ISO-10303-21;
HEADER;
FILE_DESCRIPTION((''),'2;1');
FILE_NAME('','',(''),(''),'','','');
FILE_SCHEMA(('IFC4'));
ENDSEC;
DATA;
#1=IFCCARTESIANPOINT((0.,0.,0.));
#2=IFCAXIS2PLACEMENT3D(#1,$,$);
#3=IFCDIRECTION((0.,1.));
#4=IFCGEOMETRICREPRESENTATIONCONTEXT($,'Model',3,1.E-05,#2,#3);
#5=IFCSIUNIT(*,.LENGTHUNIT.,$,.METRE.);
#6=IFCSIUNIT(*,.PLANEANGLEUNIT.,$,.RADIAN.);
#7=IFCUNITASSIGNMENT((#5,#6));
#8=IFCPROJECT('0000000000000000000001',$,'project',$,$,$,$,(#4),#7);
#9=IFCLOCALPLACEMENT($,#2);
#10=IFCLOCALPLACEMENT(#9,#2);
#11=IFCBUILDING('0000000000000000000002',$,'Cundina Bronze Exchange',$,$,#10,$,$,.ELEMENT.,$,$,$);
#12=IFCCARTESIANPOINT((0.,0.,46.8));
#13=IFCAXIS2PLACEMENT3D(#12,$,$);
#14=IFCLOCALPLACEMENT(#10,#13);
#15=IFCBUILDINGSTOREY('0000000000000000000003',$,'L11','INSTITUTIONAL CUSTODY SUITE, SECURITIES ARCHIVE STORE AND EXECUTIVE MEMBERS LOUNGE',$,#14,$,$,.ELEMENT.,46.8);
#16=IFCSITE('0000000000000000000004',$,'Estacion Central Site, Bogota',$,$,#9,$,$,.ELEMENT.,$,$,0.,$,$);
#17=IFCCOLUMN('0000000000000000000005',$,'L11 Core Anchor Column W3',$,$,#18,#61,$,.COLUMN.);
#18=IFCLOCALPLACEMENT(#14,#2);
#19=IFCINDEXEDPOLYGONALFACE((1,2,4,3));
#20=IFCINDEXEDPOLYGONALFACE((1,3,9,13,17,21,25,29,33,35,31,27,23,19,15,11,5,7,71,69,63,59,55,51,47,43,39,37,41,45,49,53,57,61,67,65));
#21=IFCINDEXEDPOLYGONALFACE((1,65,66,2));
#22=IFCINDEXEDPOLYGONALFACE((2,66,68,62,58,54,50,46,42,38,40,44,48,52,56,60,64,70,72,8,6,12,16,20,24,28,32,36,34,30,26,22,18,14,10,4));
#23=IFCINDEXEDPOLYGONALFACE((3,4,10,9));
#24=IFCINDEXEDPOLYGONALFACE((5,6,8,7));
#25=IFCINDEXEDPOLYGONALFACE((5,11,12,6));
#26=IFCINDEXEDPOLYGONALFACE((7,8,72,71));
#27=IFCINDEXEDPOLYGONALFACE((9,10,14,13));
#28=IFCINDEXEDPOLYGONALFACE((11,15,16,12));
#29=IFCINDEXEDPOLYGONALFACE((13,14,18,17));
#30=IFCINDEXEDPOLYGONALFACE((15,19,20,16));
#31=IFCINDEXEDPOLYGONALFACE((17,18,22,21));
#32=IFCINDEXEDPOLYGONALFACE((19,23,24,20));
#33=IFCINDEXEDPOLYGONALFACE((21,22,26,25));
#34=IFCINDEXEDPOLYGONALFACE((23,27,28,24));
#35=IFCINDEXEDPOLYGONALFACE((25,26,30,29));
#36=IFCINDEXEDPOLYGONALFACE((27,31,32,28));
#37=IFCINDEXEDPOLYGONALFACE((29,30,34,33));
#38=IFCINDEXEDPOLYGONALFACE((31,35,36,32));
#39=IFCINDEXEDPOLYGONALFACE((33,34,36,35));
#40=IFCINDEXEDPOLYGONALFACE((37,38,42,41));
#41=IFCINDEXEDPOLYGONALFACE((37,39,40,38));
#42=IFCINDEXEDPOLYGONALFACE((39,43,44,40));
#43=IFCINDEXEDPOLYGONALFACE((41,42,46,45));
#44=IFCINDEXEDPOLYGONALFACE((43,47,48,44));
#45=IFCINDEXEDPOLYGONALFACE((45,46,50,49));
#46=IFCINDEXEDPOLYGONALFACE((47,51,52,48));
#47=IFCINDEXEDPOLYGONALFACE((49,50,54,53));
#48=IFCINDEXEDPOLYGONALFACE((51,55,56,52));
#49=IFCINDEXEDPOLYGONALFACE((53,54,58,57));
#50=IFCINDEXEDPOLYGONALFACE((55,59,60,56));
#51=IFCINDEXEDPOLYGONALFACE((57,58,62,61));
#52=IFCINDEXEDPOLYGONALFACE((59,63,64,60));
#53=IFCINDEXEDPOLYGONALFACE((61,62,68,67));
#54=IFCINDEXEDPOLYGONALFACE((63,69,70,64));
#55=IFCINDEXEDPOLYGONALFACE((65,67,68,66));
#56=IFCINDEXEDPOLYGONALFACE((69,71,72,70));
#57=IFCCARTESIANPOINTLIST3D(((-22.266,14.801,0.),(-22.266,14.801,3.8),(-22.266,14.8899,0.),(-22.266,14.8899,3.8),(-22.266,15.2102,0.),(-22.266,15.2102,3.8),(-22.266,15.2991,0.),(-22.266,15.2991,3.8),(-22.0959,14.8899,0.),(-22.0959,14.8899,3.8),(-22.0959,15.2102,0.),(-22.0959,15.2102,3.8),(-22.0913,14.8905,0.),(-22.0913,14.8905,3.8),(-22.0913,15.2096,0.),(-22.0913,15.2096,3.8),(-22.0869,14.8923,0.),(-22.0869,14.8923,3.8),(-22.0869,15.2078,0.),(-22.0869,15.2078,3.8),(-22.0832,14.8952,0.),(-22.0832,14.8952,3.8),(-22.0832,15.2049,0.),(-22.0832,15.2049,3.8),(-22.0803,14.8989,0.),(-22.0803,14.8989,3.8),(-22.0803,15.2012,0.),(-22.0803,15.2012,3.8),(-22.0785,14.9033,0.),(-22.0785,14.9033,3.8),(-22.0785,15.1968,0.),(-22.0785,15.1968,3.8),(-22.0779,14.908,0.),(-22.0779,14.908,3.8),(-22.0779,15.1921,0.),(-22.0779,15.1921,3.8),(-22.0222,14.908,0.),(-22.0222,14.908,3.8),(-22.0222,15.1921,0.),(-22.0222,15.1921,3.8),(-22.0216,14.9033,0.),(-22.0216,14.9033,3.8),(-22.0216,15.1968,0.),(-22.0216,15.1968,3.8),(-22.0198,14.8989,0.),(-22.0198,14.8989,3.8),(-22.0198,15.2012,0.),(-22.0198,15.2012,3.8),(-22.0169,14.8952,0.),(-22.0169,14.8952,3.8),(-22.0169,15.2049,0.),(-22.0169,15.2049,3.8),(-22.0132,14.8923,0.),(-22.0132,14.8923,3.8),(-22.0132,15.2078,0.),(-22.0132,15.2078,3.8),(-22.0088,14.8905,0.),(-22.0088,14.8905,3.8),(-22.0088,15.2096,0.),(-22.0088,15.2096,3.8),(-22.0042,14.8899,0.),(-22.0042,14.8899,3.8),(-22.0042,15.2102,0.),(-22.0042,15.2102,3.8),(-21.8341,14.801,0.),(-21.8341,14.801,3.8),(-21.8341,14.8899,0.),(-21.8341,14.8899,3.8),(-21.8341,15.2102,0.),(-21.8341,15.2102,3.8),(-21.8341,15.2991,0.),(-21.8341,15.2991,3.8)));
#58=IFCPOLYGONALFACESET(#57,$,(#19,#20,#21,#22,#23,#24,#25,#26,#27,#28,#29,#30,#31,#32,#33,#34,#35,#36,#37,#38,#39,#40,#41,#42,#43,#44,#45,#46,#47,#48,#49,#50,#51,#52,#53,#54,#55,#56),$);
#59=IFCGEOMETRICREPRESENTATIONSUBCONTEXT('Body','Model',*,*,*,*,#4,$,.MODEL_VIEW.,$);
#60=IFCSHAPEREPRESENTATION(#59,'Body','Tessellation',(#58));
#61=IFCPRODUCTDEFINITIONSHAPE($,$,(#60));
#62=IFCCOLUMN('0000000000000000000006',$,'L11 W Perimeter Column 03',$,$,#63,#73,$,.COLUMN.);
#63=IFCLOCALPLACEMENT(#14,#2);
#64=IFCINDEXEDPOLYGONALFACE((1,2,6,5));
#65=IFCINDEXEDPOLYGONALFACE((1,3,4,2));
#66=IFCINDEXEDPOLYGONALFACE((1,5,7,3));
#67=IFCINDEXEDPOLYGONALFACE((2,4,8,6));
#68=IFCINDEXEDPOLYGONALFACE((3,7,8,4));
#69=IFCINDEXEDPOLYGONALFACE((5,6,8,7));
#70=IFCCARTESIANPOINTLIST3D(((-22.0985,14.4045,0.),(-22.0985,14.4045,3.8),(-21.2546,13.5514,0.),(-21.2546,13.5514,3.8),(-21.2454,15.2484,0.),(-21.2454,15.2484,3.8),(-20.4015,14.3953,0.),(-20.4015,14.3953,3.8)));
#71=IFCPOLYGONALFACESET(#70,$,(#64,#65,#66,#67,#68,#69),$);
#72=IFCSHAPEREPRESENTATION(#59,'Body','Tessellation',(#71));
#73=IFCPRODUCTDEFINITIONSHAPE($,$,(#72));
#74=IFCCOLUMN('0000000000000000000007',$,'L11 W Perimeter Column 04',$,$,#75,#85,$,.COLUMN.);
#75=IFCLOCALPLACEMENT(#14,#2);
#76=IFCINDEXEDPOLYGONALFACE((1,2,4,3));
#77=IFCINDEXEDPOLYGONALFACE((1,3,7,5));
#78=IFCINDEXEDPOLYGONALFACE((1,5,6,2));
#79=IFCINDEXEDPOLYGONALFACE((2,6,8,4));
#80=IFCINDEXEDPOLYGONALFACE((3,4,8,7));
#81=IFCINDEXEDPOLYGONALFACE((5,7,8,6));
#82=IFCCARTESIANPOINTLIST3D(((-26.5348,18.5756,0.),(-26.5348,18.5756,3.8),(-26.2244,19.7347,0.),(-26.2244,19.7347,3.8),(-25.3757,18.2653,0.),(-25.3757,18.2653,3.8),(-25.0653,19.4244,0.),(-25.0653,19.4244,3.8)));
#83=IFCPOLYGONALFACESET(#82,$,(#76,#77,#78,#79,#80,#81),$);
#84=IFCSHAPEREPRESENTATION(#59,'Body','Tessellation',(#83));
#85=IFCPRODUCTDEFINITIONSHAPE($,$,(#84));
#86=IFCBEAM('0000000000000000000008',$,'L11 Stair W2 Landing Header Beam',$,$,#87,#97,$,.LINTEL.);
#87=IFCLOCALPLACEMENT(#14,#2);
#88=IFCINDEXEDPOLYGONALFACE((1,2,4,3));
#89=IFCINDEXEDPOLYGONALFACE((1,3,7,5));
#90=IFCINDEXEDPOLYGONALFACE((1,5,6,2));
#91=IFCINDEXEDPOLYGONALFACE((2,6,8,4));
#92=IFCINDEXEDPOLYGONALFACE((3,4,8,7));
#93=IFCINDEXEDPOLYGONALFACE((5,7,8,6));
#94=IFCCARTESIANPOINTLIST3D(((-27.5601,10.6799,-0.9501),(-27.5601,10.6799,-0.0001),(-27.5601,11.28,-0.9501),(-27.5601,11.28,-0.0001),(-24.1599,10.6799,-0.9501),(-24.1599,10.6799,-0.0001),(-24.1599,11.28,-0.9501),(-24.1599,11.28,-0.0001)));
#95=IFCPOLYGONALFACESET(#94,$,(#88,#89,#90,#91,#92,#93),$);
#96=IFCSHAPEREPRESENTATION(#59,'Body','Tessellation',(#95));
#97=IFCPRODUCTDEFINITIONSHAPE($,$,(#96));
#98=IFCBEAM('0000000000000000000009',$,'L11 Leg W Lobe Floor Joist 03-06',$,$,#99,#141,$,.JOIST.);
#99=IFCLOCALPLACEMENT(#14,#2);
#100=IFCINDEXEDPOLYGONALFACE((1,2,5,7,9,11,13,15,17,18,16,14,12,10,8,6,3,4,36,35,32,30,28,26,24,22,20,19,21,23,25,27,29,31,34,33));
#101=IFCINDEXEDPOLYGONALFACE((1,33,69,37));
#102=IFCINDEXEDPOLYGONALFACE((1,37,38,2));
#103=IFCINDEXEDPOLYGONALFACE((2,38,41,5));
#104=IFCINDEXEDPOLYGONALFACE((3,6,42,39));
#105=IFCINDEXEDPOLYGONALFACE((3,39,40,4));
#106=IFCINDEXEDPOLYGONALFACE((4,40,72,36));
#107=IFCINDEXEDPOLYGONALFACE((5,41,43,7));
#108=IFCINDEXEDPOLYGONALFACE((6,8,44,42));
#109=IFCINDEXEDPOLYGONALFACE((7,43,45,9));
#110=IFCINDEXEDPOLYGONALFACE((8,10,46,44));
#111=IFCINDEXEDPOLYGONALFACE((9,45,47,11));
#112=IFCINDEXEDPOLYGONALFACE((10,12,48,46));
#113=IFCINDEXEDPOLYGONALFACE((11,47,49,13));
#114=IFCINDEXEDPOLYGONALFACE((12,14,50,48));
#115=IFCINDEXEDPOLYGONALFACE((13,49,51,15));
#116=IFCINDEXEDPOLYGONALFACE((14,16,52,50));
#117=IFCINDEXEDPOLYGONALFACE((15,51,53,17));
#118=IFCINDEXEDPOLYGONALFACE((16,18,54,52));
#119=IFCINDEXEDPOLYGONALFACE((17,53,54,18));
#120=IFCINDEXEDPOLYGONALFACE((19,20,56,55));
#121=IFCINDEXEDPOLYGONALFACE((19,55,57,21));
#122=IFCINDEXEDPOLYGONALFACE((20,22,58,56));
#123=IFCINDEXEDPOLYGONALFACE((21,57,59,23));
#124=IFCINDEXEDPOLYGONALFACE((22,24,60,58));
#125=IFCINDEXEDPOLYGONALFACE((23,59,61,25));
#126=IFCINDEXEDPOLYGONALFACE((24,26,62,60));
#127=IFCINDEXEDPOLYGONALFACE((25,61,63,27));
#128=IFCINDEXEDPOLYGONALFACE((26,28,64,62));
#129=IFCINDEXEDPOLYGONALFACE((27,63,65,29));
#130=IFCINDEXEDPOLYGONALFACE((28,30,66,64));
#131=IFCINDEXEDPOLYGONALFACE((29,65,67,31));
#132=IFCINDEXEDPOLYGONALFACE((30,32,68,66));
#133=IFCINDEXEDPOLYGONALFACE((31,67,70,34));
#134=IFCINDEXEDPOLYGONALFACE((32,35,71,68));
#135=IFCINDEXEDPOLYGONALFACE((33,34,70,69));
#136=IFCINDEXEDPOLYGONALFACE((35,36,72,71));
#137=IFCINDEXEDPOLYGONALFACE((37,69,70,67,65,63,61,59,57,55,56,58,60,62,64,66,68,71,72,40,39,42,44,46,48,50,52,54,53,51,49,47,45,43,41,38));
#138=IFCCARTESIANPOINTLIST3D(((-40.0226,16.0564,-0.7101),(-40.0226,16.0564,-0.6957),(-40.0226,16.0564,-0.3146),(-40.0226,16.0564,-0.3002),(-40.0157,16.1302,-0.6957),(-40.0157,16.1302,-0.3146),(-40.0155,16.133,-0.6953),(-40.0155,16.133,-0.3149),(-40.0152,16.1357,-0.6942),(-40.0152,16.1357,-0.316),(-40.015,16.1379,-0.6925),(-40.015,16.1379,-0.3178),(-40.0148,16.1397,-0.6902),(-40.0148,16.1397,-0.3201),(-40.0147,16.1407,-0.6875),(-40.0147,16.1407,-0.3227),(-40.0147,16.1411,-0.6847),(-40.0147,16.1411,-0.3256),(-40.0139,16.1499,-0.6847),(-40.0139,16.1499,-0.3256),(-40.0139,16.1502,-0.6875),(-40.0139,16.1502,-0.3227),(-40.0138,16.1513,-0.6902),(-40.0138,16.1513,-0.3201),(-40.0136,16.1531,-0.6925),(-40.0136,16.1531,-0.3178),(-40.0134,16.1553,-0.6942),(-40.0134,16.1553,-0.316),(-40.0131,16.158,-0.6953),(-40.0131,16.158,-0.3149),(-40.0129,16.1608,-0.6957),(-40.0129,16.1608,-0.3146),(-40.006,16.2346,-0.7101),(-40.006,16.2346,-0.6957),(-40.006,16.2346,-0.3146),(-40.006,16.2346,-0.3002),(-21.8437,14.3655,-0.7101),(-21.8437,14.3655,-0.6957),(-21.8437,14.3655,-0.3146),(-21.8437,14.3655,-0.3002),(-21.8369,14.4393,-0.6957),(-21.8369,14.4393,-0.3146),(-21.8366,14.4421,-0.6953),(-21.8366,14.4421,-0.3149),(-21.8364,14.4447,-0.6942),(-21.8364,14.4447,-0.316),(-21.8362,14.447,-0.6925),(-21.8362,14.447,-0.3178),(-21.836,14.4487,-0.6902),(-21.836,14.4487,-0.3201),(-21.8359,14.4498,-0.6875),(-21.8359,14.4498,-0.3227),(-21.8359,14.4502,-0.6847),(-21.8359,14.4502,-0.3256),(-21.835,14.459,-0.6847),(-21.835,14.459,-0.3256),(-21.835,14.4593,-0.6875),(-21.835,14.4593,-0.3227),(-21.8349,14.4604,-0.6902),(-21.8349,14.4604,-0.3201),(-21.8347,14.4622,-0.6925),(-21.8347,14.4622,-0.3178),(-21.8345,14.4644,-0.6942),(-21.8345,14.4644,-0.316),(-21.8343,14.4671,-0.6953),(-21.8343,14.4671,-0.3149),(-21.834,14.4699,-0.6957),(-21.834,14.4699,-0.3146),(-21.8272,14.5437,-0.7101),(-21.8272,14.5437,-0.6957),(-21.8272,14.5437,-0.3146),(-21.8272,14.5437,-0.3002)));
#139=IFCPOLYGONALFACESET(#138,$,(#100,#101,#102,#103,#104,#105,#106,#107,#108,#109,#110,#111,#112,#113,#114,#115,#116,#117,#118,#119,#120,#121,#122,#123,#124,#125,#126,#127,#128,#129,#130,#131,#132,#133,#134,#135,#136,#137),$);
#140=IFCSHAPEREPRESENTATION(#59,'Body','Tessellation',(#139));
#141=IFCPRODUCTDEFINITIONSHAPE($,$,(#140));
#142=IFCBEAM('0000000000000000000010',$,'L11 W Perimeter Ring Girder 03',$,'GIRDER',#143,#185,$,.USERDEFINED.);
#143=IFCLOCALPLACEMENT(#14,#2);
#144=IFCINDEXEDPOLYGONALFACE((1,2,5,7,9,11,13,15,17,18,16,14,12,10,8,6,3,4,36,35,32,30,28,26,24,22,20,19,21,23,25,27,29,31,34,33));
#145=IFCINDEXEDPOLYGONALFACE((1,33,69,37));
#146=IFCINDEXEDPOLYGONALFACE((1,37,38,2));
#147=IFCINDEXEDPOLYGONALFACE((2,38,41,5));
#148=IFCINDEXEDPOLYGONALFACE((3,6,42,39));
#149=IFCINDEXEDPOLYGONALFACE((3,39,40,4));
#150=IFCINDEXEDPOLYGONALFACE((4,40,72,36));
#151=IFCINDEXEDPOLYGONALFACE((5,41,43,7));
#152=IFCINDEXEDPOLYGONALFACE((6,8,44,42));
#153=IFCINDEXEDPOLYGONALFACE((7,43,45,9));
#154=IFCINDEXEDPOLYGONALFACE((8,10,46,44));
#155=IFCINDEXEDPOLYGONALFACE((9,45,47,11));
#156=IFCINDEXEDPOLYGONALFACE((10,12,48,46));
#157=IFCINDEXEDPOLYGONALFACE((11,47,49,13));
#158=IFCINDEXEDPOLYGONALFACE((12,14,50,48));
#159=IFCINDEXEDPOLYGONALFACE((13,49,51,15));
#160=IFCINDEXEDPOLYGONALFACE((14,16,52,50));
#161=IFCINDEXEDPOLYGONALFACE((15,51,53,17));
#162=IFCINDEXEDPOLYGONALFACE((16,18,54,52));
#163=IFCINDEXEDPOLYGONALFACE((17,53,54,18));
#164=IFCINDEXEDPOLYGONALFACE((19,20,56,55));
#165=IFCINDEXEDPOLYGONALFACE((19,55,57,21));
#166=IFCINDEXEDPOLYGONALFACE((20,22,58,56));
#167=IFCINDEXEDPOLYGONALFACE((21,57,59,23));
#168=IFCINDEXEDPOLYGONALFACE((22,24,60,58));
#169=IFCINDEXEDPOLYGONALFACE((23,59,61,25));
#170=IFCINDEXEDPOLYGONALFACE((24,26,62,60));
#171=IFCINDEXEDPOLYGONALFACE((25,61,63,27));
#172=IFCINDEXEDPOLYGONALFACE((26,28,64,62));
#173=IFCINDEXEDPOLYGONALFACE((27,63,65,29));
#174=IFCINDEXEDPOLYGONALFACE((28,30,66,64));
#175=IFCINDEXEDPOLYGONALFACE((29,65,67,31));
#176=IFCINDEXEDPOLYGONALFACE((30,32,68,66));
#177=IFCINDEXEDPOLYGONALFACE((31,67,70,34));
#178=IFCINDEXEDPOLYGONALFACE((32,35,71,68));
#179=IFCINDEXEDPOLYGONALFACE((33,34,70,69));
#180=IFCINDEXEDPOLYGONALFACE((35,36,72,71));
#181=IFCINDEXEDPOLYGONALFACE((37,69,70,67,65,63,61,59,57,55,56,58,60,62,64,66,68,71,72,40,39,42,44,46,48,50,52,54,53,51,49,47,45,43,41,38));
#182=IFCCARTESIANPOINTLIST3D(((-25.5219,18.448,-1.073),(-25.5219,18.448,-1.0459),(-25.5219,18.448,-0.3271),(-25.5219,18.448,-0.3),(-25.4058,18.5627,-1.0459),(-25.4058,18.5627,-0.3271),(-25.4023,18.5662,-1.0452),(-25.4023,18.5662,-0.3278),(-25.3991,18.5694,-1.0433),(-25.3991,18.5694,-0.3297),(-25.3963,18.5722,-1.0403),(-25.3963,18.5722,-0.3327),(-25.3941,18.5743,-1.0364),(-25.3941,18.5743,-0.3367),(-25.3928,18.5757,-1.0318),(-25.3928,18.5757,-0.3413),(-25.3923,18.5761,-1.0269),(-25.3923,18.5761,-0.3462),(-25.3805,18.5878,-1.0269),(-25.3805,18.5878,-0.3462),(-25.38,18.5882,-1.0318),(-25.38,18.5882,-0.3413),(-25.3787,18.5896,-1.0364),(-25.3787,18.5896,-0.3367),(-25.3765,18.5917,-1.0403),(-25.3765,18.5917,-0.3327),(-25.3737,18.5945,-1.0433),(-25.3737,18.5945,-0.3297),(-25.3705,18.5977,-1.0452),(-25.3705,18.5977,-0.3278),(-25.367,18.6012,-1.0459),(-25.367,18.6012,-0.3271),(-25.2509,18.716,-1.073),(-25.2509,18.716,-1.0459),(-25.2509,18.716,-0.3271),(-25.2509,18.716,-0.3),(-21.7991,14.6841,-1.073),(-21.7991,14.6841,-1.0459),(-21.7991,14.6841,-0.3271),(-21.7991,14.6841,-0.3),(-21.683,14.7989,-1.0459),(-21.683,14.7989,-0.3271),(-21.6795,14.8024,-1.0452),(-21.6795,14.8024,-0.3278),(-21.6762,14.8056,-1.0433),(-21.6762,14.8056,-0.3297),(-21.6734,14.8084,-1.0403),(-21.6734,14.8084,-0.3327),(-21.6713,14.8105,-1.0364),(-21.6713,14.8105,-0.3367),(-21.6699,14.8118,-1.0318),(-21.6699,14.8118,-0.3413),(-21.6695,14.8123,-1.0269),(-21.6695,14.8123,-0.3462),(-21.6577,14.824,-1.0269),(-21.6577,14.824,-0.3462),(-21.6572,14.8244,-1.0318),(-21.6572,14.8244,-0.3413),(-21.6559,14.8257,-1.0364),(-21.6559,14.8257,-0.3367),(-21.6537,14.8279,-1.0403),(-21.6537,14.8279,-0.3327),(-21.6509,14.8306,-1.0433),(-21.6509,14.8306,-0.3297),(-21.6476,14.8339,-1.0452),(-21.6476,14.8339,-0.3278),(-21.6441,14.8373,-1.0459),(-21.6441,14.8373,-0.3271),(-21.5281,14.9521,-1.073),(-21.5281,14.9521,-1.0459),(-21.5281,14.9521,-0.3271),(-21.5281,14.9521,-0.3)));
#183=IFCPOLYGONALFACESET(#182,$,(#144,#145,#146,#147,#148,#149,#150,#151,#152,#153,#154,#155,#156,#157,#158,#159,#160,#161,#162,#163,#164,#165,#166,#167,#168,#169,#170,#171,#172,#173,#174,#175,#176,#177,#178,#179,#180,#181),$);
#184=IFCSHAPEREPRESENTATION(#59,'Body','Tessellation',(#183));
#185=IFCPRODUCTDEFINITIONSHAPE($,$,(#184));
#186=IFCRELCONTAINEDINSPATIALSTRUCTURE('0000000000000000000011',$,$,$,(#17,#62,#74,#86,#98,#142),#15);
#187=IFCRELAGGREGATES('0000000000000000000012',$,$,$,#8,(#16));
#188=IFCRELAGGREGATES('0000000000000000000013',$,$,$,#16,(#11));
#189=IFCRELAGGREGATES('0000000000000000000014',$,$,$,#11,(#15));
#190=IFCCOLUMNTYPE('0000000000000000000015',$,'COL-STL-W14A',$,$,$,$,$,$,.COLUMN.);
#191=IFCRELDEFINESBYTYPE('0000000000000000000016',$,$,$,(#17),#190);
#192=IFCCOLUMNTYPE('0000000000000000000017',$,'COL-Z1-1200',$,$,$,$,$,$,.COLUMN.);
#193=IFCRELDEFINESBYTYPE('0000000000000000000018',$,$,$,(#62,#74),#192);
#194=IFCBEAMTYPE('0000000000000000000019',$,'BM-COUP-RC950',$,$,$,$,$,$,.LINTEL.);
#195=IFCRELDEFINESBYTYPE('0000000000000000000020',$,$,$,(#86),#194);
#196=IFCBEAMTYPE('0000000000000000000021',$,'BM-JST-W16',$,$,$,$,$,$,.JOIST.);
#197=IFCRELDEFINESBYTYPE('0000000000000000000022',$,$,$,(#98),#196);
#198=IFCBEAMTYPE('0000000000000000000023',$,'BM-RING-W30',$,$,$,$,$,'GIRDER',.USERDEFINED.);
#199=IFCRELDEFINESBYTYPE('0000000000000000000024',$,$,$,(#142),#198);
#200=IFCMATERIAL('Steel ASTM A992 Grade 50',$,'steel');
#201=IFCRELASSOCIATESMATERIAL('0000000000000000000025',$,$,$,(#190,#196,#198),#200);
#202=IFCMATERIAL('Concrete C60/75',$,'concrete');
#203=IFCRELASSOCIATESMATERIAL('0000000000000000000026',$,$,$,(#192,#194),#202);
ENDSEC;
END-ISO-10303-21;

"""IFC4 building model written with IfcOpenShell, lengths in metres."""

from ifc_helpers import new_model, si_unit, direction, frame, origin, origin_2d, place, context, subcontext, project, spatial, rectangle, i_section, extrude, material, material_profile, profile_set, type_object, element, save


model = new_model("IFC4")

# Units and contexts
model_context = context("Model", 3, precision=1e-05, world=origin(), true_north=direction((0.0, 1.0)))
body_context = subcontext(model_context, "Body", "Model", "MODEL_VIEW")
ifc_project = project(units=[si_unit("LENGTHUNIT", "METRE"), si_unit("PLANEANGLEUNIT", "RADIAN")], contexts=[model_context])

# Site, building, storey
site_placement = place(None, origin())
site = spatial("IfcSite", under=ifc_project, at=site_placement, Name="Estacion Central Site, Bogota", CompositionType="ELEMENT", RefElevation=0.0)
building_placement = place(site_placement, origin())
building = spatial("IfcBuilding", under=site, at=building_placement, Name="Cundina Bronze Exchange", CompositionType="ELEMENT")
storey_placement = place(building_placement, frame((0.0, 0.0, 46.8)))
storey = spatial("IfcBuildingStorey", under=building, at=storey_placement, Name="L11", Description="INSTITUTIONAL CUSTODY SUITE, SECURITIES ARCHIVE STORE AND EXECUTIVE MEMBERS LOUNGE", CompositionType="ELEMENT", Elevation=46.8)

# Columns
ifc_material_1 = material(Name="Steel ASTM A992 Grade 50", Category="steel")
ifc_material_profile_1 = material_profile(ifc_material_1, i_section(OverallWidth=0.4319, OverallDepth=0.498, WebThickness=0.0557, FlangeThickness=0.0889, FilletRadius=0.0181, at=origin_2d()), Name="W14X500", Category="steel")
ifc_profile_set_1 = profile_set([ifc_material_profile_1], Name="Steel ASTM A992 Grade 50")
column_type_1 = type_object("IfcColumnType", Name="COL-STL-W14A", PredefinedType="COLUMN", material=ifc_profile_set_1)
column_placement = place(storey_placement, frame((-22.05, 15.05, 0.0), z_axis=(0.0, 0.0, 1.0), x_axis=(1.0, 0.0, 0.0)))
element("IfcColumn", 1, at=column_placement, inside=storey, type_object=column_type_1, Name="L11 Core Anchor Column W3", PredefinedType="COLUMN", context=body_context, shape_type="SweptSolid", body=[
    extrude(i_section(OverallWidth=0.4319, OverallDepth=0.498, WebThickness=0.0557, FlangeThickness=0.0889, FilletRadius=0.0181, at=origin_2d()), origin(), (0.0, 0.0, 1.0), 3.8),
])
ifc_material_2 = material(Name="Concrete C60/75", Category="concrete")
ifc_material_profile_2 = material_profile(ifc_material_2, rectangle(XDim=1.2, YDim=1.2, at=origin_2d()), Name="RC1200X1200", Category="concrete")
ifc_profile_set_2 = profile_set([ifc_material_profile_2], Name="Concrete C60/75")
column_type_2 = type_object("IfcColumnType", Name="COL-Z1-1200", PredefinedType="COLUMN", material=ifc_profile_set_2)
for number, where, z_axis, x_axis, name in (
    (2, (-21.25, 14.3999, 0.0), (0.0, 0.0, 1.0), (-0.703271, 0.710922, 0.0), "L11 W Perimeter Column 03"),
    (3, (-25.8, 19.0, 0.0), (0.0, 0.0, 1.0), (-0.965971, 0.25865, 0.0), "L11 W Perimeter Column 04"),
):
    element("IfcColumn", number, at=place(storey_placement, frame(where, z_axis=z_axis, x_axis=x_axis)), inside=storey, type_object=column_type_2, Name=name, PredefinedType="COLUMN", context=body_context, shape_type="SweptSolid", body=[
        extrude(rectangle(XDim=1.2, YDim=1.2, at=origin_2d()), origin(), (0.0, 0.0, 1.0), 3.8),
    ])

# Beams
ifc_material_profile_3 = material_profile(ifc_material_2, rectangle(XDim=0.6001, YDim=0.95, at=origin_2d()), Name="RC600X950", Category="concrete")
ifc_profile_set_3 = profile_set([ifc_material_profile_3], Name="Concrete C60/75")
beam_type_1 = type_object("IfcBeamType", Name="BM-COUP-RC950", PredefinedType="LINTEL", material=ifc_profile_set_3)
beam_1_placement = place(storey_placement, frame((-27.5601, 10.98, -0.4751), z_axis=(1.0, 0.0, 0.0), x_axis=(0.0, 1.0, 0.0)))
element("IfcBeam", 4, at=beam_1_placement, inside=storey, type_object=beam_type_1, Name="L11 Stair W2 Landing Header Beam", PredefinedType="LINTEL", context=body_context, shape_type="SweptSolid", body=[
    extrude(rectangle(XDim=0.6001, YDim=0.95, at=origin_2d()), origin(), (0.0, 0.0, 1.0), 3.4001),
])
ifc_material_profile_4 = material_profile(ifc_material_1, i_section(OverallWidth=0.179, OverallDepth=0.4099, WebThickness=0.0088, FlangeThickness=0.0144, FilletRadius=0.011, at=origin_2d()), Name="W16X45", Category="steel")
ifc_profile_set_4 = profile_set([ifc_material_profile_4], Name="Steel ASTM A992 Grade 50")
beam_type_2 = type_object("IfcBeamType", Name="BM-JST-W16", PredefinedType="JOIST", material=ifc_profile_set_4)
beam_2_placement = place(storey_placement, frame((-21.8354, 14.4546, -0.5051), z_axis=(-0.995702, 0.092615, 0.0), x_axis=(-0.092615, -0.995702, 0.0)))
element("IfcBeam", 5, at=beam_2_placement, inside=storey, type_object=beam_type_2, Name="L11 Leg W Lobe Floor Joist 03-06", PredefinedType="JOIST", context=body_context, shape_type="SweptSolid", body=[
    extrude(i_section(OverallWidth=0.179, OverallDepth=0.4099, WebThickness=0.0088, FlangeThickness=0.0144, FilletRadius=0.011, at=origin_2d()), origin(), (0.0, 0.0, 1.0), 18.2573),
])
ifc_material_profile_5 = material_profile(ifc_material_1, i_section(OverallWidth=0.3811, OverallDepth=0.7729, WebThickness=0.0166, FlangeThickness=0.0271, FilletRadius=0.019, at=origin_2d()), Name="W30X173", Category="steel")
ifc_profile_set_5 = profile_set([ifc_material_profile_5], Name="Steel ASTM A992 Grade 50")
beam_type_3 = type_object("IfcBeamType", Name="BM-RING-W30", ElementType="GIRDER", PredefinedType="USERDEFINED", material=ifc_profile_set_5)
beam_3_placement = place(storey_placement, frame((-21.6636, 14.8181, -0.6865), z_axis=(-0.703222, 0.71097, 0.0), x_axis=(-0.71097, -0.703222, 0.0)))
element("IfcBeam", 6, at=beam_3_placement, inside=storey, type_object=beam_type_3, Name="L11 W Perimeter Ring Girder 03", ObjectType="GIRDER", PredefinedType="USERDEFINED", context=body_context, shape_type="SweptSolid", body=[
    extrude(i_section(OverallWidth=0.3811, OverallDepth=0.7729, WebThickness=0.0166, FlangeThickness=0.0271, FilletRadius=0.019, at=origin_2d()), origin(), (0.0, 0.0, 1.0), 5.2939),
])

save(model, "model.ifc")
